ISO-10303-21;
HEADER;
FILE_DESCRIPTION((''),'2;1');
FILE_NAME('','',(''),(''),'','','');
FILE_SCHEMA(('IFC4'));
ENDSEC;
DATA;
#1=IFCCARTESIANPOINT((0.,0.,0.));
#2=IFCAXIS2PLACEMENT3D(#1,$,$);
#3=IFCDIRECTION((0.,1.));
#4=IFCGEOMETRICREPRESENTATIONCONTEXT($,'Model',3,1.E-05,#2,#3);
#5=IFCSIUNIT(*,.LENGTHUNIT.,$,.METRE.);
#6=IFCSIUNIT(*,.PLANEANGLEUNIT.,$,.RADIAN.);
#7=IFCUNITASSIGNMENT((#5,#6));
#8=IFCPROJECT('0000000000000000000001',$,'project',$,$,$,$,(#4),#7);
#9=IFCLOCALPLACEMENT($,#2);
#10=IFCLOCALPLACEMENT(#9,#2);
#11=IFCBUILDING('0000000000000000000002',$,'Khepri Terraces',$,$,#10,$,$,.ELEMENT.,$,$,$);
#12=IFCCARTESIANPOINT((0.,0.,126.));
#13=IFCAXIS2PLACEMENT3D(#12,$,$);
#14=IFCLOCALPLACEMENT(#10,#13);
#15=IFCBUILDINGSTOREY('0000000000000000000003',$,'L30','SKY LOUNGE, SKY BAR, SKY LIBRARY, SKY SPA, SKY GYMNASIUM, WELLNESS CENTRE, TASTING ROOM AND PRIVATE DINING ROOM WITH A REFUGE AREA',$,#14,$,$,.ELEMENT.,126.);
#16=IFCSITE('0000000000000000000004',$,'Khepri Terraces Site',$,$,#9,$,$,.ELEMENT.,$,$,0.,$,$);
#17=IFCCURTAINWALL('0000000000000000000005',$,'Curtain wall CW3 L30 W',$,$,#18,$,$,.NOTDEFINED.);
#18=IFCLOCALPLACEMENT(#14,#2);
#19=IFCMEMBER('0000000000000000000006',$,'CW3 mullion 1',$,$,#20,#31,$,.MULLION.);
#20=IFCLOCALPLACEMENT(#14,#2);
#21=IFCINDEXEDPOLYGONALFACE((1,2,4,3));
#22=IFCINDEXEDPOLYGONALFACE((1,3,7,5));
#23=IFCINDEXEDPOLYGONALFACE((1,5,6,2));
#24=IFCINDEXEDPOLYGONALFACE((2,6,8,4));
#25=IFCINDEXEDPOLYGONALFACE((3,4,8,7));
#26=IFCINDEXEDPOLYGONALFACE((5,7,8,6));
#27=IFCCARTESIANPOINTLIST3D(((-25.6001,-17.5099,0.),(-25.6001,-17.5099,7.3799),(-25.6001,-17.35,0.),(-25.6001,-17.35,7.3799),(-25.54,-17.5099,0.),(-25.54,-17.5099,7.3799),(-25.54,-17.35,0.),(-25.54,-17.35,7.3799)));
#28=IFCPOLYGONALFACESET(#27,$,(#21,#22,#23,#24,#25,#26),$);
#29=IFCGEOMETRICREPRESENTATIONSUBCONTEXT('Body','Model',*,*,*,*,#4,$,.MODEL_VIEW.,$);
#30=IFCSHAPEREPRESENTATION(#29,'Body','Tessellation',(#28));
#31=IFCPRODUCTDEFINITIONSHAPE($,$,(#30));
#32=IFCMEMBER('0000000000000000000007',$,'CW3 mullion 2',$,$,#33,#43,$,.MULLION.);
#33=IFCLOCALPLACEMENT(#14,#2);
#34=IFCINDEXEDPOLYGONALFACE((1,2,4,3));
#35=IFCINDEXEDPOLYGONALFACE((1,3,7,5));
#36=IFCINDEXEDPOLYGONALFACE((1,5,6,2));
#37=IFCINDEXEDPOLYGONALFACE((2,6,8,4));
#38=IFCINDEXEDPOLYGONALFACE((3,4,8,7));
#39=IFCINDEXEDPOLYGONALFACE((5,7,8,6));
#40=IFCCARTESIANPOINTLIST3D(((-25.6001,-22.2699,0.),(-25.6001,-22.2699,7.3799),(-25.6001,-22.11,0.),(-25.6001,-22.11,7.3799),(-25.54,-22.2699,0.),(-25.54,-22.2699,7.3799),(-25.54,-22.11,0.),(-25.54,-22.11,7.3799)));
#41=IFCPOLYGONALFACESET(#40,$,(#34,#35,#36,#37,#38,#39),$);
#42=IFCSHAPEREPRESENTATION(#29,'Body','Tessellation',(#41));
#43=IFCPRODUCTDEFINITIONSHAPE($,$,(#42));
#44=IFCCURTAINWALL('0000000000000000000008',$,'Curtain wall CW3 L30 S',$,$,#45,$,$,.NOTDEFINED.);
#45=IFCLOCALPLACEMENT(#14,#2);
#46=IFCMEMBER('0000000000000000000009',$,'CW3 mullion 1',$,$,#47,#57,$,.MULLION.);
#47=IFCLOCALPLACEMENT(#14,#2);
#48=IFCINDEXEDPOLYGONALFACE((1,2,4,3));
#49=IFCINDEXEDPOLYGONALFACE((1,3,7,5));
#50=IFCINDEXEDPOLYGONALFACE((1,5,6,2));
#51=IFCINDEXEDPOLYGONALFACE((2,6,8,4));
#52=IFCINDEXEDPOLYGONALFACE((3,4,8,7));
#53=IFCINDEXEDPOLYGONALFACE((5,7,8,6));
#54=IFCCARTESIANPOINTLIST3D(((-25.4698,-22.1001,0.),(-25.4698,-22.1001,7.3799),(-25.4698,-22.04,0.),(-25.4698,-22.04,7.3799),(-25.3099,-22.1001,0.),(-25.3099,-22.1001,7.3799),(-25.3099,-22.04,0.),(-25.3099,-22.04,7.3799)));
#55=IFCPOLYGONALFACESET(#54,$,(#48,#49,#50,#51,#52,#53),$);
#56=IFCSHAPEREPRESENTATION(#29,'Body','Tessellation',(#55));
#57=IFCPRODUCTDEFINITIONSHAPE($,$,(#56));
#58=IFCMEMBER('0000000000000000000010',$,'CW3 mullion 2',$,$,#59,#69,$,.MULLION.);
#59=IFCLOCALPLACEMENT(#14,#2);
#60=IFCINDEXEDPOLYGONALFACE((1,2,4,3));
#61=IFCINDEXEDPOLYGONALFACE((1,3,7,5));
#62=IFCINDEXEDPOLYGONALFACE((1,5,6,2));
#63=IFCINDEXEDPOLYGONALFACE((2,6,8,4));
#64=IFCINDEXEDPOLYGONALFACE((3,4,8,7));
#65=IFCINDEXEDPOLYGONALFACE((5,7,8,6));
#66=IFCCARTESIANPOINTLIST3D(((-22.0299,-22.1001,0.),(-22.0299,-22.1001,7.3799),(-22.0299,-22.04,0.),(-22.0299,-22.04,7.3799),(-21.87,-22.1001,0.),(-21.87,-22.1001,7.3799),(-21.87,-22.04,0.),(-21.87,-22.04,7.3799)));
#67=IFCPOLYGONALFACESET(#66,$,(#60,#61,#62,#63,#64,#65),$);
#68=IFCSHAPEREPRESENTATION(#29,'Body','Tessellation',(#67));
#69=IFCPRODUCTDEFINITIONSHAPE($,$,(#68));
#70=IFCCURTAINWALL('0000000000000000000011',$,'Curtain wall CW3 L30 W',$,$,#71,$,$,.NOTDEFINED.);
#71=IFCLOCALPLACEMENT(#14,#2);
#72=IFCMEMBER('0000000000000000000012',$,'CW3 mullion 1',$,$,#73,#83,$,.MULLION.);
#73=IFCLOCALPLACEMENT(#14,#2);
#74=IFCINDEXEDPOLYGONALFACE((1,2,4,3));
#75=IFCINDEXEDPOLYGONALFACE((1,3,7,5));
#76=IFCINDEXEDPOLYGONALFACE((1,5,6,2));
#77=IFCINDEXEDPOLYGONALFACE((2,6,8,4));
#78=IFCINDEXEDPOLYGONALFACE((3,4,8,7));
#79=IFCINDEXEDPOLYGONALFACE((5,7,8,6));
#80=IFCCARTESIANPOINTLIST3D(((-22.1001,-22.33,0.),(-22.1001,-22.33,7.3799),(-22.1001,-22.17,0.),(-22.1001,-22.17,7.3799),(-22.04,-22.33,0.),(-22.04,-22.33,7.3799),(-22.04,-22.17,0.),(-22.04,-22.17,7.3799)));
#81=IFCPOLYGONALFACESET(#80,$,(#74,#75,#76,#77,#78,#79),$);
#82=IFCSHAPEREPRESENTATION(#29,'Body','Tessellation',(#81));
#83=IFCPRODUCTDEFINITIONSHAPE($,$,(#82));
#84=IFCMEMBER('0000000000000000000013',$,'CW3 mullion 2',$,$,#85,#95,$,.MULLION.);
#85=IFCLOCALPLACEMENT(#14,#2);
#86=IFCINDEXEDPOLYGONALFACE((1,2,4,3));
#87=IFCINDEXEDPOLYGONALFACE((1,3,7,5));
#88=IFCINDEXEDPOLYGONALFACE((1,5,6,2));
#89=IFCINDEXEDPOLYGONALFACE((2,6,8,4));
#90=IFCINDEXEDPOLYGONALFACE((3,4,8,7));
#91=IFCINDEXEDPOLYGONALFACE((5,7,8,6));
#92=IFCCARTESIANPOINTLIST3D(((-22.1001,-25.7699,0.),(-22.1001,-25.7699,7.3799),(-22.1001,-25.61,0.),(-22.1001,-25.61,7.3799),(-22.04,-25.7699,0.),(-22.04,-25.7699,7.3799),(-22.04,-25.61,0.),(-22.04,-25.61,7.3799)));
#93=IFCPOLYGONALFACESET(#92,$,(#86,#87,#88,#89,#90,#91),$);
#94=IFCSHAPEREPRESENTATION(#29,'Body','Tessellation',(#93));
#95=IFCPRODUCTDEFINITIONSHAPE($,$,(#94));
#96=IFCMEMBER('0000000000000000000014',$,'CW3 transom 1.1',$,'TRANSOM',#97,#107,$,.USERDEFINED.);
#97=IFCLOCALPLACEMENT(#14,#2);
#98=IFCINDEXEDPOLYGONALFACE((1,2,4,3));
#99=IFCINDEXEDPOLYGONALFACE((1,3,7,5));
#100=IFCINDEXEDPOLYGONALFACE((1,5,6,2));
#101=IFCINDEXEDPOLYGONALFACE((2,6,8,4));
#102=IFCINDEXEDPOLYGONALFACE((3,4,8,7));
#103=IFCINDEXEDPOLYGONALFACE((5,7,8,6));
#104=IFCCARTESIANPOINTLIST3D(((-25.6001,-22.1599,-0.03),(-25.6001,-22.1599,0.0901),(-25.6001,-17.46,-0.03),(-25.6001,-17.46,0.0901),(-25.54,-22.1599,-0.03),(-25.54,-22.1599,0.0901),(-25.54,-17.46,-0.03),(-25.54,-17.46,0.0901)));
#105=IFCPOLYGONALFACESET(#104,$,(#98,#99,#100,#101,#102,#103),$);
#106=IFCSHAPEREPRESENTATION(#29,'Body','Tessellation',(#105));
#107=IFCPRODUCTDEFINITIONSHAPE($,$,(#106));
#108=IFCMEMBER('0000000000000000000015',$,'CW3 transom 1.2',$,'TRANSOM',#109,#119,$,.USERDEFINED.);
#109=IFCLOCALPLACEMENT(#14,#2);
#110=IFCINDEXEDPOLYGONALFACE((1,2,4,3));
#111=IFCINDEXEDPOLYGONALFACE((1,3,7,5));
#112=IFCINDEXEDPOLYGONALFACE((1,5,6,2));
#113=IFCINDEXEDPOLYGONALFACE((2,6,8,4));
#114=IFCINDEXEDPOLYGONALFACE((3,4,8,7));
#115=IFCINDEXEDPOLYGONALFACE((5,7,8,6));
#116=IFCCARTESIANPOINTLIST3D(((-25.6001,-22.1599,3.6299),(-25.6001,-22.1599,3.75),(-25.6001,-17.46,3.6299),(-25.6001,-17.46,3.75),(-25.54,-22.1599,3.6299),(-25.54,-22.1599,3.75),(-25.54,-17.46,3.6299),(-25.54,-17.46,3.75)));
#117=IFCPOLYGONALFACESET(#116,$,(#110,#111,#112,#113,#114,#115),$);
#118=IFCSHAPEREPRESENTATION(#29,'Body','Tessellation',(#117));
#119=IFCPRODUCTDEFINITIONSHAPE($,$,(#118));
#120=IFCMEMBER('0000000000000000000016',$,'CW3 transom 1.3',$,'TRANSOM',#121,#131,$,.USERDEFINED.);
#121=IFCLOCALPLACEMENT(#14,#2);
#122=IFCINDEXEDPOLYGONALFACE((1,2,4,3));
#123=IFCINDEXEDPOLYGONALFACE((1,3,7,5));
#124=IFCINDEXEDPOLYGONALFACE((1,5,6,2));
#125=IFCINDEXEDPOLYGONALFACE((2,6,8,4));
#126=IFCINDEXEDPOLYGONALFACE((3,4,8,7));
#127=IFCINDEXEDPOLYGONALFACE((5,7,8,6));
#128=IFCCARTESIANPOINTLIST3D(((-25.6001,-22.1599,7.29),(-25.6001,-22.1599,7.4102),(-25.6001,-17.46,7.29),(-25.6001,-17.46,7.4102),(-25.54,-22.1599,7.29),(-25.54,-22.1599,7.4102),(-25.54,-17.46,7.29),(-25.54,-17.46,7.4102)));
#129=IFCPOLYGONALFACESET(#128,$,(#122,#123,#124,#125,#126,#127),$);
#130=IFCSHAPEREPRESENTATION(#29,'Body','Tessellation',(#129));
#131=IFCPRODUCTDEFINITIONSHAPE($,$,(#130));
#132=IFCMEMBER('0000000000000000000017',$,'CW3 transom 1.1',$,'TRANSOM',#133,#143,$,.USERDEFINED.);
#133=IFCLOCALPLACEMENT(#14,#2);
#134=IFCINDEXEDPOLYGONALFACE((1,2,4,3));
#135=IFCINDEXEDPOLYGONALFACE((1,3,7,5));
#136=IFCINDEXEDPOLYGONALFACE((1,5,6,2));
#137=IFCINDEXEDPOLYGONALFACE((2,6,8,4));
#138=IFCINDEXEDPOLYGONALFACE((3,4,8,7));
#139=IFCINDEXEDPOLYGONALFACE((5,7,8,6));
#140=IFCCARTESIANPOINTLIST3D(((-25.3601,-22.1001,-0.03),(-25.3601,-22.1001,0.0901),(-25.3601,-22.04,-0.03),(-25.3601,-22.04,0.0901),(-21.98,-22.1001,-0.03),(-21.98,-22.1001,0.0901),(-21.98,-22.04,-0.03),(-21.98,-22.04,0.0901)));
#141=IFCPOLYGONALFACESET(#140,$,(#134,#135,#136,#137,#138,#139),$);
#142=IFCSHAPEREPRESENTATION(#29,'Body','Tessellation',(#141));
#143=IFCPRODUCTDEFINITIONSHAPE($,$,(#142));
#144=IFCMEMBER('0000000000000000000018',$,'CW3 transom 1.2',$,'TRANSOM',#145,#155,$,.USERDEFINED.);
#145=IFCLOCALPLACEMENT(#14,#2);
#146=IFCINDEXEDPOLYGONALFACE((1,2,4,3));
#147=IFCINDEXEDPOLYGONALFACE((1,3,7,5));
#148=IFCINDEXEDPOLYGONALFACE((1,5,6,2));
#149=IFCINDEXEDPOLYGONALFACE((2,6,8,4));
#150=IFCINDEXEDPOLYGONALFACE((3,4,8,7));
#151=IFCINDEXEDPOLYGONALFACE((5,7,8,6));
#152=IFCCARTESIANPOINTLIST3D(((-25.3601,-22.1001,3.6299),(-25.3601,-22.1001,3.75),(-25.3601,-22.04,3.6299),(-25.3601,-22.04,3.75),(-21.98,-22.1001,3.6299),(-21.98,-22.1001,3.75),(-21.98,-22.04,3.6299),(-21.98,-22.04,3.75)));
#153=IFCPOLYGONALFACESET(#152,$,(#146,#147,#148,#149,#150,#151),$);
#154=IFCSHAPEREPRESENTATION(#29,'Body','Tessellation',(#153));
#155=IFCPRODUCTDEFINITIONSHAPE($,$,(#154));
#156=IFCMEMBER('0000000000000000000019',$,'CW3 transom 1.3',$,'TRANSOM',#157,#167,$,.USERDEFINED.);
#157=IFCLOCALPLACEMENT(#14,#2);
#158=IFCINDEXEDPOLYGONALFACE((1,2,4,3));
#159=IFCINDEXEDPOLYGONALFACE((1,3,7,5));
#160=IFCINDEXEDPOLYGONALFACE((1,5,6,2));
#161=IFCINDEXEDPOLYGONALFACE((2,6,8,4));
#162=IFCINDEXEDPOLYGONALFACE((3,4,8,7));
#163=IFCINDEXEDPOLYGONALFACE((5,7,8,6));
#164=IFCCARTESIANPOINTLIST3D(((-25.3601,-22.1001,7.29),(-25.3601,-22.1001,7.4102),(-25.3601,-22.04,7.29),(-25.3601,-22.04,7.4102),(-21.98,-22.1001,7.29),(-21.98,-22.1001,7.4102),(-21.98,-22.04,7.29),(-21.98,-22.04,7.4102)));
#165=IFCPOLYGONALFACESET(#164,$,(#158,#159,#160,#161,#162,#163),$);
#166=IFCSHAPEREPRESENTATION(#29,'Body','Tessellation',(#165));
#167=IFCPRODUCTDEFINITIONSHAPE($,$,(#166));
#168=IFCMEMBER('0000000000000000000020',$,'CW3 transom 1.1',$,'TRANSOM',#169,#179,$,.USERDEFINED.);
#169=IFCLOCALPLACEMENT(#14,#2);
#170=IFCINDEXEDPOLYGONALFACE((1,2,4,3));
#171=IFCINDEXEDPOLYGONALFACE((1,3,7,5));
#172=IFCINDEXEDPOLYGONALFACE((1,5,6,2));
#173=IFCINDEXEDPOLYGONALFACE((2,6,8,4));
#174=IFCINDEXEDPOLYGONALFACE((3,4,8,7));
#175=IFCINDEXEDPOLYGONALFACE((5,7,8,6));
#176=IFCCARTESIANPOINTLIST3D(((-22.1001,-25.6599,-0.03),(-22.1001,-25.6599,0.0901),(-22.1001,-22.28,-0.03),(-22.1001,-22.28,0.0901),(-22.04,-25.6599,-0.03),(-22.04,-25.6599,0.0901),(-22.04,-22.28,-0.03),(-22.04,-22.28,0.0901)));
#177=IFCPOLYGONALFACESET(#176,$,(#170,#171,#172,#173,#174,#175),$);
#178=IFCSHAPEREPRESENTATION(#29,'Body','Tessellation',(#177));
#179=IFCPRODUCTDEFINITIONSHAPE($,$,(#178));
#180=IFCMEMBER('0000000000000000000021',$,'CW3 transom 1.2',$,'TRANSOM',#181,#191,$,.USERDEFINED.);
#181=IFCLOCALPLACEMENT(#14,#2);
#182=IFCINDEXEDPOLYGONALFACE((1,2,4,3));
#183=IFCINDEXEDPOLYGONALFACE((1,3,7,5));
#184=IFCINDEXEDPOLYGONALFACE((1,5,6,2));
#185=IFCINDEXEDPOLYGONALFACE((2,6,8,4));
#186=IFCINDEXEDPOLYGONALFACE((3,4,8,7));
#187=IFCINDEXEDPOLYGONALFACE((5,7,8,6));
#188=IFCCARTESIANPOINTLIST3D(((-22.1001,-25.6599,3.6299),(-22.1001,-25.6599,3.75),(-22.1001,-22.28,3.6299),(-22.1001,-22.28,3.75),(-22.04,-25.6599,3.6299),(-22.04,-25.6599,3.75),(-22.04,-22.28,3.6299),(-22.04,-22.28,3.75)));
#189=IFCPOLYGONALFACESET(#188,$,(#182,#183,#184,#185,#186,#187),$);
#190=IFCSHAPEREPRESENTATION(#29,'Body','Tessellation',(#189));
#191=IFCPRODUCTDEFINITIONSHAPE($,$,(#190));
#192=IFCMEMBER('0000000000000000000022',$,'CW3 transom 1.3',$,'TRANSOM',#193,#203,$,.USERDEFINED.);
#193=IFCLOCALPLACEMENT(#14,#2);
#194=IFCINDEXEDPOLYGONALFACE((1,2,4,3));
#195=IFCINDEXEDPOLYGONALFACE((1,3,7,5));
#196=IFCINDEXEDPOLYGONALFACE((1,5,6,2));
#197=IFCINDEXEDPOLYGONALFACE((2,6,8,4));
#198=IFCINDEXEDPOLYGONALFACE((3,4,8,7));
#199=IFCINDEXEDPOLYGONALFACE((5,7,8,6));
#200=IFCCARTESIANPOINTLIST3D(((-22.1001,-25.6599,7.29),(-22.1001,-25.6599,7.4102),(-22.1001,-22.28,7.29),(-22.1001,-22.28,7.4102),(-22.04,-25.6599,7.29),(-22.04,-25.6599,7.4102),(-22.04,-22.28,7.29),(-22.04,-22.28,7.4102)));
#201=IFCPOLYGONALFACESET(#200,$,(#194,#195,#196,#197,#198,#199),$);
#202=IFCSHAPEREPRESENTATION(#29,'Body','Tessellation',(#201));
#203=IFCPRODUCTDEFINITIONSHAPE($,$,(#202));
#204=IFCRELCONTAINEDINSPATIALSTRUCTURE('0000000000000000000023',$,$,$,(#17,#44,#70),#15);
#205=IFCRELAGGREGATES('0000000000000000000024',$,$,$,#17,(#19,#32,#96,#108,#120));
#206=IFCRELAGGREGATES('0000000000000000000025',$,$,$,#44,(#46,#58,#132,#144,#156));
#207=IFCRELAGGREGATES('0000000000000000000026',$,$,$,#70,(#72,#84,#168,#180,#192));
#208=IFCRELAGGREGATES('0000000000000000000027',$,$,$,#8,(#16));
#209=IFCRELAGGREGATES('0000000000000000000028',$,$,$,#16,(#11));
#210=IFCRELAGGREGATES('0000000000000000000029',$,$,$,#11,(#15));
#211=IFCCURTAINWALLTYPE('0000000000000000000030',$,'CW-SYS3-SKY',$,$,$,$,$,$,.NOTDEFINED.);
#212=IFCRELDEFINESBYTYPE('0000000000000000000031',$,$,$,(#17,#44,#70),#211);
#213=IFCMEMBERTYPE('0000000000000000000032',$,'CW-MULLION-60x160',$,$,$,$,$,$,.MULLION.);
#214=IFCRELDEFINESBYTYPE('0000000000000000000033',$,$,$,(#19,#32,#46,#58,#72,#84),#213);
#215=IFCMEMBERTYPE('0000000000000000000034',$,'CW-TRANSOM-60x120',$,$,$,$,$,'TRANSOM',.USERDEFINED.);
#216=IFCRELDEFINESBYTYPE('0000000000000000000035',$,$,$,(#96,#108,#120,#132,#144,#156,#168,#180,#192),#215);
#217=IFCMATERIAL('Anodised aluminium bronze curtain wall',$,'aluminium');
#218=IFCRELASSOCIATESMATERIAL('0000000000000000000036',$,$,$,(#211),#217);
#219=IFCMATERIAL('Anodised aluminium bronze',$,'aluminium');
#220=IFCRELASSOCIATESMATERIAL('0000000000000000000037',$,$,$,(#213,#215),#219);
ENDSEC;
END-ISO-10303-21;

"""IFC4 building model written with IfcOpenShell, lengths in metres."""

from ifc_helpers import new_model, si_unit, direction, frame, origin, origin_2d, place, context, subcontext, project, spatial, rectangle, extrude, material, material_profile, profile_set, type_object, element, aggregate, save


model = new_model("IFC4")

# Units and contexts
model_context = context("Model", 3, precision=1e-05, world=origin(), true_north=direction((0.0, 1.0)))
body_context = subcontext(model_context, "Body", "Model", "MODEL_VIEW")
ifc_project = project(units=[si_unit("LENGTHUNIT", "METRE"), si_unit("PLANEANGLEUNIT", "RADIAN")], contexts=[model_context])

# Site, building, storey
site_placement = place(None, origin())
site = spatial("IfcSite", under=ifc_project, at=site_placement, Name="Khepri Terraces Site", CompositionType="ELEMENT", RefElevation=0.0)
building_placement = place(site_placement, origin())
building = spatial("IfcBuilding", under=site, at=building_placement, Name="Khepri Terraces", CompositionType="ELEMENT")
storey_placement = place(building_placement, frame((0.0, 0.0, 126.0)))
storey = spatial("IfcBuildingStorey", under=building, at=storey_placement, Name="L30", Description="SKY LOUNGE, SKY BAR, SKY LIBRARY, SKY SPA, SKY GYMNASIUM, WELLNESS CENTRE, TASTING ROOM AND PRIVATE DINING ROOM WITH A REFUGE AREA", CompositionType="ELEMENT", Elevation=126.0)

# Curtain walls, members
ifc_material_1 = material(Name="Anodised aluminium bronze curtain wall", Category="aluminium")
curtain_wall_type = type_object("IfcCurtainWallType", Name="CW-SYS3-SKY", PredefinedType="NOTDEFINED", material=ifc_material_1)
curtain_wall_1_placement = place(storey_placement, origin())
curtain_wall_1 = element("IfcCurtainWall", 1, at=curtain_wall_1_placement, inside=storey, type_object=curtain_wall_type, Name="Curtain wall CW3 L30 W", PredefinedType="NOTDEFINED")
ifc_material_2 = material(Name="Anodised aluminium bronze", Category="aluminium")
ifc_material_profile_1 = material_profile(ifc_material_2, rectangle(XDim=0.0601, YDim=0.1599, at=origin_2d()), Name="Anodised aluminium bronze", Category="aluminium")
ifc_profile_set_1 = profile_set([ifc_material_profile_1], Name="Anodised aluminium bronze")
member_type_1 = type_object("IfcMemberType", Name="CW-MULLION-60x160", PredefinedType="MULLION", material=ifc_profile_set_1)
member_1_placement = place(storey_placement, frame((-25.5701, -17.4299, 0.0), z_axis=(0.0, 0.0, 1.0), x_axis=(1.0, 0.0, 0.0)))
member_1 = element("IfcMember", 2, at=member_1_placement, type_object=member_type_1, Name="CW3 mullion 1", PredefinedType="MULLION", context=body_context, shape_type="SweptSolid", body=[
    extrude(rectangle(XDim=0.0601, YDim=0.1599, at=origin_2d()), origin(), (0.0, 0.0, 1.0), 7.3799),
])
member_2_placement = place(storey_placement, frame((-25.5701, -22.1899, 0.0), z_axis=(0.0, 0.0, 1.0), x_axis=(1.0, 0.0, 0.0)))
member_2 = element("IfcMember", 3, at=member_2_placement, type_object=member_type_1, Name="CW3 mullion 2", PredefinedType="MULLION", context=body_context, shape_type="SweptSolid", body=[
    extrude(rectangle(XDim=0.0601, YDim=0.1599, at=origin_2d()), origin(), (0.0, 0.0, 1.0), 7.3799),
])
curtain_wall_2_placement = place(storey_placement, origin())
curtain_wall_2 = element("IfcCurtainWall", 4, at=curtain_wall_2_placement, inside=storey, type_object=curtain_wall_type, Name="Curtain wall CW3 L30 S", PredefinedType="NOTDEFINED")
member_3_placement = place(storey_placement, frame((-25.3899, -22.0701, 0.0), z_axis=(0.0, 0.0, 1.0), x_axis=(0.0, 1.0, 0.0)))
member_3 = element("IfcMember", 5, at=member_3_placement, type_object=member_type_1, Name="CW3 mullion 1", PredefinedType="MULLION", context=body_context, shape_type="SweptSolid", body=[
    extrude(rectangle(XDim=0.0601, YDim=0.1599, at=origin_2d()), origin(), (0.0, 0.0, 1.0), 7.3799),
])
member_4_placement = place(storey_placement, frame((-21.95, -22.0701, 0.0), z_axis=(0.0, 0.0, 1.0), x_axis=(0.0, 1.0, 0.0)))
member_4 = element("IfcMember", 6, at=member_4_placement, type_object=member_type_1, Name="CW3 mullion 2", PredefinedType="MULLION", context=body_context, shape_type="SweptSolid", body=[
    extrude(rectangle(XDim=0.0601, YDim=0.1599, at=origin_2d()), origin(), (0.0, 0.0, 1.0), 7.3799),
])
curtain_wall_3_placement = place(storey_placement, origin())
curtain_wall_3 = element("IfcCurtainWall", 7, at=curtain_wall_3_placement, inside=storey, type_object=curtain_wall_type, Name="Curtain wall CW3 L30 W", PredefinedType="NOTDEFINED")
member_5_placement = place(storey_placement, frame((-22.0701, -22.25, 0.0), z_axis=(0.0, 0.0, 1.0), x_axis=(1.0, 0.0, 0.0)))
member_5 = element("IfcMember", 8, at=member_5_placement, type_object=member_type_1, Name="CW3 mullion 1", PredefinedType="MULLION", context=body_context, shape_type="SweptSolid", body=[
    extrude(rectangle(XDim=0.0601, YDim=0.1599, at=origin_2d()), origin(), (0.0, 0.0, 1.0), 7.3799),
])
member_6_placement = place(storey_placement, frame((-22.0701, -25.6899, 0.0), z_axis=(0.0, 0.0, 1.0), x_axis=(1.0, 0.0, 0.0)))
member_6 = element("IfcMember", 9, at=member_6_placement, type_object=member_type_1, Name="CW3 mullion 2", PredefinedType="MULLION", context=body_context, shape_type="SweptSolid", body=[
    extrude(rectangle(XDim=0.0601, YDim=0.1599, at=origin_2d()), origin(), (0.0, 0.0, 1.0), 7.3799),
])

# Members
ifc_material_profile_2 = material_profile(ifc_material_2, rectangle(XDim=0.0601, YDim=0.1201, at=origin_2d()), Name="Anodised aluminium bronze", Category="aluminium")
ifc_profile_set_2 = profile_set([ifc_material_profile_2], Name="Anodised aluminium bronze")
member_type_2 = type_object("IfcMemberType", Name="CW-TRANSOM-60x120", ElementType="TRANSOM", PredefinedType="USERDEFINED", material=ifc_profile_set_2)
member_7_placement = place(storey_placement, frame((-25.5701, -17.46, 0.03), z_axis=(0.0, -1.0, 0.0), x_axis=(1.0, 0.0, 0.0)))
member_7 = element("IfcMember", 10, at=member_7_placement, type_object=member_type_2, Name="CW3 transom 1.1", ObjectType="TRANSOM", PredefinedType="USERDEFINED", context=body_context, shape_type="SweptSolid", body=[
    extrude(rectangle(XDim=0.0601, YDim=0.1201, at=origin_2d()), origin(), (0.0, 0.0, 1.0), 4.7),
])
member_8_placement = place(storey_placement, frame((-25.5701, -17.46, 3.6899), z_axis=(0.0, -1.0, 0.0), x_axis=(1.0, 0.0, 0.0)))
member_8 = element("IfcMember", 11, at=member_8_placement, type_object=member_type_2, Name="CW3 transom 1.2", ObjectType="TRANSOM", PredefinedType="USERDEFINED", context=body_context, shape_type="SweptSolid", body=[
    extrude(rectangle(XDim=0.0601, YDim=0.1201, at=origin_2d()), origin(), (0.0, 0.0, 1.0), 4.7),
])
member_9_placement = place(storey_placement, frame((-25.5701, -17.46, 7.3501), z_axis=(0.0, -1.0, 0.0), x_axis=(1.0, 0.0, 0.0)))
member_9 = element("IfcMember", 12, at=member_9_placement, type_object=member_type_2, Name="CW3 transom 1.3", ObjectType="TRANSOM", PredefinedType="USERDEFINED", context=body_context, shape_type="SweptSolid", body=[
    extrude(rectangle(XDim=0.0601, YDim=0.1201, at=origin_2d()), origin(), (0.0, 0.0, 1.0), 4.7),
])
member_10_placement = place(storey_placement, frame((-25.3601, -22.0701, 0.03), z_axis=(1.0, 0.0, 0.0), x_axis=(0.0, 1.0, 0.0)))
member_10 = element("IfcMember", 13, at=member_10_placement, type_object=member_type_2, Name="CW3 transom 1.1", ObjectType="TRANSOM", PredefinedType="USERDEFINED", context=body_context, shape_type="SweptSolid", body=[
    extrude(rectangle(XDim=0.0601, YDim=0.1201, at=origin_2d()), origin(), (0.0, 0.0, 1.0), 3.3801),
])
member_11_placement = place(storey_placement, frame((-25.3601, -22.0701, 3.6899), z_axis=(1.0, 0.0, 0.0), x_axis=(0.0, 1.0, 0.0)))
member_11 = element("IfcMember", 14, at=member_11_placement, type_object=member_type_2, Name="CW3 transom 1.2", ObjectType="TRANSOM", PredefinedType="USERDEFINED", context=body_context, shape_type="SweptSolid", body=[
    extrude(rectangle(XDim=0.0601, YDim=0.1201, at=origin_2d()), origin(), (0.0, 0.0, 1.0), 3.3801),
])
member_12_placement = place(storey_placement, frame((-25.3601, -22.0701, 7.3501), z_axis=(1.0, 0.0, 0.0), x_axis=(0.0, 1.0, 0.0)))
member_12 = element("IfcMember", 15, at=member_12_placement, type_object=member_type_2, Name="CW3 transom 1.3", ObjectType="TRANSOM", PredefinedType="USERDEFINED", context=body_context, shape_type="SweptSolid", body=[
    extrude(rectangle(XDim=0.0601, YDim=0.1201, at=origin_2d()), origin(), (0.0, 0.0, 1.0), 3.3801),
])
member_13_placement = place(storey_placement, frame((-22.0701, -22.28, 0.03), z_axis=(0.0, -1.0, 0.0), x_axis=(1.0, 0.0, 0.0)))
member_13 = element("IfcMember", 16, at=member_13_placement, type_object=member_type_2, Name="CW3 transom 1.1", ObjectType="TRANSOM", PredefinedType="USERDEFINED", context=body_context, shape_type="SweptSolid", body=[
    extrude(rectangle(XDim=0.0601, YDim=0.1201, at=origin_2d()), origin(), (0.0, 0.0, 1.0), 3.3799),
])
member_14_placement = place(storey_placement, frame((-22.0701, -22.28, 3.6899), z_axis=(0.0, -1.0, 0.0), x_axis=(1.0, 0.0, 0.0)))
member_14 = element("IfcMember", 17, at=member_14_placement, type_object=member_type_2, Name="CW3 transom 1.2", ObjectType="TRANSOM", PredefinedType="USERDEFINED", context=body_context, shape_type="SweptSolid", body=[
    extrude(rectangle(XDim=0.0601, YDim=0.1201, at=origin_2d()), origin(), (0.0, 0.0, 1.0), 3.3799),
])
member_15_placement = place(storey_placement, frame((-22.0701, -22.28, 7.3501), z_axis=(0.0, -1.0, 0.0), x_axis=(1.0, 0.0, 0.0)))
member_15 = element("IfcMember", 18, at=member_15_placement, type_object=member_type_2, Name="CW3 transom 1.3", ObjectType="TRANSOM", PredefinedType="USERDEFINED", context=body_context, shape_type="SweptSolid", body=[
    extrude(rectangle(XDim=0.0601, YDim=0.1201, at=origin_2d()), origin(), (0.0, 0.0, 1.0), 3.3799),
])

aggregate(curtain_wall_1, [member_1, member_2, member_7, member_8, member_9])
aggregate(curtain_wall_2, [member_3, member_4, member_10, member_11, member_12])
aggregate(curtain_wall_3, [member_5, member_6, member_13, member_14, member_15])

save(model, "model.ifc")
